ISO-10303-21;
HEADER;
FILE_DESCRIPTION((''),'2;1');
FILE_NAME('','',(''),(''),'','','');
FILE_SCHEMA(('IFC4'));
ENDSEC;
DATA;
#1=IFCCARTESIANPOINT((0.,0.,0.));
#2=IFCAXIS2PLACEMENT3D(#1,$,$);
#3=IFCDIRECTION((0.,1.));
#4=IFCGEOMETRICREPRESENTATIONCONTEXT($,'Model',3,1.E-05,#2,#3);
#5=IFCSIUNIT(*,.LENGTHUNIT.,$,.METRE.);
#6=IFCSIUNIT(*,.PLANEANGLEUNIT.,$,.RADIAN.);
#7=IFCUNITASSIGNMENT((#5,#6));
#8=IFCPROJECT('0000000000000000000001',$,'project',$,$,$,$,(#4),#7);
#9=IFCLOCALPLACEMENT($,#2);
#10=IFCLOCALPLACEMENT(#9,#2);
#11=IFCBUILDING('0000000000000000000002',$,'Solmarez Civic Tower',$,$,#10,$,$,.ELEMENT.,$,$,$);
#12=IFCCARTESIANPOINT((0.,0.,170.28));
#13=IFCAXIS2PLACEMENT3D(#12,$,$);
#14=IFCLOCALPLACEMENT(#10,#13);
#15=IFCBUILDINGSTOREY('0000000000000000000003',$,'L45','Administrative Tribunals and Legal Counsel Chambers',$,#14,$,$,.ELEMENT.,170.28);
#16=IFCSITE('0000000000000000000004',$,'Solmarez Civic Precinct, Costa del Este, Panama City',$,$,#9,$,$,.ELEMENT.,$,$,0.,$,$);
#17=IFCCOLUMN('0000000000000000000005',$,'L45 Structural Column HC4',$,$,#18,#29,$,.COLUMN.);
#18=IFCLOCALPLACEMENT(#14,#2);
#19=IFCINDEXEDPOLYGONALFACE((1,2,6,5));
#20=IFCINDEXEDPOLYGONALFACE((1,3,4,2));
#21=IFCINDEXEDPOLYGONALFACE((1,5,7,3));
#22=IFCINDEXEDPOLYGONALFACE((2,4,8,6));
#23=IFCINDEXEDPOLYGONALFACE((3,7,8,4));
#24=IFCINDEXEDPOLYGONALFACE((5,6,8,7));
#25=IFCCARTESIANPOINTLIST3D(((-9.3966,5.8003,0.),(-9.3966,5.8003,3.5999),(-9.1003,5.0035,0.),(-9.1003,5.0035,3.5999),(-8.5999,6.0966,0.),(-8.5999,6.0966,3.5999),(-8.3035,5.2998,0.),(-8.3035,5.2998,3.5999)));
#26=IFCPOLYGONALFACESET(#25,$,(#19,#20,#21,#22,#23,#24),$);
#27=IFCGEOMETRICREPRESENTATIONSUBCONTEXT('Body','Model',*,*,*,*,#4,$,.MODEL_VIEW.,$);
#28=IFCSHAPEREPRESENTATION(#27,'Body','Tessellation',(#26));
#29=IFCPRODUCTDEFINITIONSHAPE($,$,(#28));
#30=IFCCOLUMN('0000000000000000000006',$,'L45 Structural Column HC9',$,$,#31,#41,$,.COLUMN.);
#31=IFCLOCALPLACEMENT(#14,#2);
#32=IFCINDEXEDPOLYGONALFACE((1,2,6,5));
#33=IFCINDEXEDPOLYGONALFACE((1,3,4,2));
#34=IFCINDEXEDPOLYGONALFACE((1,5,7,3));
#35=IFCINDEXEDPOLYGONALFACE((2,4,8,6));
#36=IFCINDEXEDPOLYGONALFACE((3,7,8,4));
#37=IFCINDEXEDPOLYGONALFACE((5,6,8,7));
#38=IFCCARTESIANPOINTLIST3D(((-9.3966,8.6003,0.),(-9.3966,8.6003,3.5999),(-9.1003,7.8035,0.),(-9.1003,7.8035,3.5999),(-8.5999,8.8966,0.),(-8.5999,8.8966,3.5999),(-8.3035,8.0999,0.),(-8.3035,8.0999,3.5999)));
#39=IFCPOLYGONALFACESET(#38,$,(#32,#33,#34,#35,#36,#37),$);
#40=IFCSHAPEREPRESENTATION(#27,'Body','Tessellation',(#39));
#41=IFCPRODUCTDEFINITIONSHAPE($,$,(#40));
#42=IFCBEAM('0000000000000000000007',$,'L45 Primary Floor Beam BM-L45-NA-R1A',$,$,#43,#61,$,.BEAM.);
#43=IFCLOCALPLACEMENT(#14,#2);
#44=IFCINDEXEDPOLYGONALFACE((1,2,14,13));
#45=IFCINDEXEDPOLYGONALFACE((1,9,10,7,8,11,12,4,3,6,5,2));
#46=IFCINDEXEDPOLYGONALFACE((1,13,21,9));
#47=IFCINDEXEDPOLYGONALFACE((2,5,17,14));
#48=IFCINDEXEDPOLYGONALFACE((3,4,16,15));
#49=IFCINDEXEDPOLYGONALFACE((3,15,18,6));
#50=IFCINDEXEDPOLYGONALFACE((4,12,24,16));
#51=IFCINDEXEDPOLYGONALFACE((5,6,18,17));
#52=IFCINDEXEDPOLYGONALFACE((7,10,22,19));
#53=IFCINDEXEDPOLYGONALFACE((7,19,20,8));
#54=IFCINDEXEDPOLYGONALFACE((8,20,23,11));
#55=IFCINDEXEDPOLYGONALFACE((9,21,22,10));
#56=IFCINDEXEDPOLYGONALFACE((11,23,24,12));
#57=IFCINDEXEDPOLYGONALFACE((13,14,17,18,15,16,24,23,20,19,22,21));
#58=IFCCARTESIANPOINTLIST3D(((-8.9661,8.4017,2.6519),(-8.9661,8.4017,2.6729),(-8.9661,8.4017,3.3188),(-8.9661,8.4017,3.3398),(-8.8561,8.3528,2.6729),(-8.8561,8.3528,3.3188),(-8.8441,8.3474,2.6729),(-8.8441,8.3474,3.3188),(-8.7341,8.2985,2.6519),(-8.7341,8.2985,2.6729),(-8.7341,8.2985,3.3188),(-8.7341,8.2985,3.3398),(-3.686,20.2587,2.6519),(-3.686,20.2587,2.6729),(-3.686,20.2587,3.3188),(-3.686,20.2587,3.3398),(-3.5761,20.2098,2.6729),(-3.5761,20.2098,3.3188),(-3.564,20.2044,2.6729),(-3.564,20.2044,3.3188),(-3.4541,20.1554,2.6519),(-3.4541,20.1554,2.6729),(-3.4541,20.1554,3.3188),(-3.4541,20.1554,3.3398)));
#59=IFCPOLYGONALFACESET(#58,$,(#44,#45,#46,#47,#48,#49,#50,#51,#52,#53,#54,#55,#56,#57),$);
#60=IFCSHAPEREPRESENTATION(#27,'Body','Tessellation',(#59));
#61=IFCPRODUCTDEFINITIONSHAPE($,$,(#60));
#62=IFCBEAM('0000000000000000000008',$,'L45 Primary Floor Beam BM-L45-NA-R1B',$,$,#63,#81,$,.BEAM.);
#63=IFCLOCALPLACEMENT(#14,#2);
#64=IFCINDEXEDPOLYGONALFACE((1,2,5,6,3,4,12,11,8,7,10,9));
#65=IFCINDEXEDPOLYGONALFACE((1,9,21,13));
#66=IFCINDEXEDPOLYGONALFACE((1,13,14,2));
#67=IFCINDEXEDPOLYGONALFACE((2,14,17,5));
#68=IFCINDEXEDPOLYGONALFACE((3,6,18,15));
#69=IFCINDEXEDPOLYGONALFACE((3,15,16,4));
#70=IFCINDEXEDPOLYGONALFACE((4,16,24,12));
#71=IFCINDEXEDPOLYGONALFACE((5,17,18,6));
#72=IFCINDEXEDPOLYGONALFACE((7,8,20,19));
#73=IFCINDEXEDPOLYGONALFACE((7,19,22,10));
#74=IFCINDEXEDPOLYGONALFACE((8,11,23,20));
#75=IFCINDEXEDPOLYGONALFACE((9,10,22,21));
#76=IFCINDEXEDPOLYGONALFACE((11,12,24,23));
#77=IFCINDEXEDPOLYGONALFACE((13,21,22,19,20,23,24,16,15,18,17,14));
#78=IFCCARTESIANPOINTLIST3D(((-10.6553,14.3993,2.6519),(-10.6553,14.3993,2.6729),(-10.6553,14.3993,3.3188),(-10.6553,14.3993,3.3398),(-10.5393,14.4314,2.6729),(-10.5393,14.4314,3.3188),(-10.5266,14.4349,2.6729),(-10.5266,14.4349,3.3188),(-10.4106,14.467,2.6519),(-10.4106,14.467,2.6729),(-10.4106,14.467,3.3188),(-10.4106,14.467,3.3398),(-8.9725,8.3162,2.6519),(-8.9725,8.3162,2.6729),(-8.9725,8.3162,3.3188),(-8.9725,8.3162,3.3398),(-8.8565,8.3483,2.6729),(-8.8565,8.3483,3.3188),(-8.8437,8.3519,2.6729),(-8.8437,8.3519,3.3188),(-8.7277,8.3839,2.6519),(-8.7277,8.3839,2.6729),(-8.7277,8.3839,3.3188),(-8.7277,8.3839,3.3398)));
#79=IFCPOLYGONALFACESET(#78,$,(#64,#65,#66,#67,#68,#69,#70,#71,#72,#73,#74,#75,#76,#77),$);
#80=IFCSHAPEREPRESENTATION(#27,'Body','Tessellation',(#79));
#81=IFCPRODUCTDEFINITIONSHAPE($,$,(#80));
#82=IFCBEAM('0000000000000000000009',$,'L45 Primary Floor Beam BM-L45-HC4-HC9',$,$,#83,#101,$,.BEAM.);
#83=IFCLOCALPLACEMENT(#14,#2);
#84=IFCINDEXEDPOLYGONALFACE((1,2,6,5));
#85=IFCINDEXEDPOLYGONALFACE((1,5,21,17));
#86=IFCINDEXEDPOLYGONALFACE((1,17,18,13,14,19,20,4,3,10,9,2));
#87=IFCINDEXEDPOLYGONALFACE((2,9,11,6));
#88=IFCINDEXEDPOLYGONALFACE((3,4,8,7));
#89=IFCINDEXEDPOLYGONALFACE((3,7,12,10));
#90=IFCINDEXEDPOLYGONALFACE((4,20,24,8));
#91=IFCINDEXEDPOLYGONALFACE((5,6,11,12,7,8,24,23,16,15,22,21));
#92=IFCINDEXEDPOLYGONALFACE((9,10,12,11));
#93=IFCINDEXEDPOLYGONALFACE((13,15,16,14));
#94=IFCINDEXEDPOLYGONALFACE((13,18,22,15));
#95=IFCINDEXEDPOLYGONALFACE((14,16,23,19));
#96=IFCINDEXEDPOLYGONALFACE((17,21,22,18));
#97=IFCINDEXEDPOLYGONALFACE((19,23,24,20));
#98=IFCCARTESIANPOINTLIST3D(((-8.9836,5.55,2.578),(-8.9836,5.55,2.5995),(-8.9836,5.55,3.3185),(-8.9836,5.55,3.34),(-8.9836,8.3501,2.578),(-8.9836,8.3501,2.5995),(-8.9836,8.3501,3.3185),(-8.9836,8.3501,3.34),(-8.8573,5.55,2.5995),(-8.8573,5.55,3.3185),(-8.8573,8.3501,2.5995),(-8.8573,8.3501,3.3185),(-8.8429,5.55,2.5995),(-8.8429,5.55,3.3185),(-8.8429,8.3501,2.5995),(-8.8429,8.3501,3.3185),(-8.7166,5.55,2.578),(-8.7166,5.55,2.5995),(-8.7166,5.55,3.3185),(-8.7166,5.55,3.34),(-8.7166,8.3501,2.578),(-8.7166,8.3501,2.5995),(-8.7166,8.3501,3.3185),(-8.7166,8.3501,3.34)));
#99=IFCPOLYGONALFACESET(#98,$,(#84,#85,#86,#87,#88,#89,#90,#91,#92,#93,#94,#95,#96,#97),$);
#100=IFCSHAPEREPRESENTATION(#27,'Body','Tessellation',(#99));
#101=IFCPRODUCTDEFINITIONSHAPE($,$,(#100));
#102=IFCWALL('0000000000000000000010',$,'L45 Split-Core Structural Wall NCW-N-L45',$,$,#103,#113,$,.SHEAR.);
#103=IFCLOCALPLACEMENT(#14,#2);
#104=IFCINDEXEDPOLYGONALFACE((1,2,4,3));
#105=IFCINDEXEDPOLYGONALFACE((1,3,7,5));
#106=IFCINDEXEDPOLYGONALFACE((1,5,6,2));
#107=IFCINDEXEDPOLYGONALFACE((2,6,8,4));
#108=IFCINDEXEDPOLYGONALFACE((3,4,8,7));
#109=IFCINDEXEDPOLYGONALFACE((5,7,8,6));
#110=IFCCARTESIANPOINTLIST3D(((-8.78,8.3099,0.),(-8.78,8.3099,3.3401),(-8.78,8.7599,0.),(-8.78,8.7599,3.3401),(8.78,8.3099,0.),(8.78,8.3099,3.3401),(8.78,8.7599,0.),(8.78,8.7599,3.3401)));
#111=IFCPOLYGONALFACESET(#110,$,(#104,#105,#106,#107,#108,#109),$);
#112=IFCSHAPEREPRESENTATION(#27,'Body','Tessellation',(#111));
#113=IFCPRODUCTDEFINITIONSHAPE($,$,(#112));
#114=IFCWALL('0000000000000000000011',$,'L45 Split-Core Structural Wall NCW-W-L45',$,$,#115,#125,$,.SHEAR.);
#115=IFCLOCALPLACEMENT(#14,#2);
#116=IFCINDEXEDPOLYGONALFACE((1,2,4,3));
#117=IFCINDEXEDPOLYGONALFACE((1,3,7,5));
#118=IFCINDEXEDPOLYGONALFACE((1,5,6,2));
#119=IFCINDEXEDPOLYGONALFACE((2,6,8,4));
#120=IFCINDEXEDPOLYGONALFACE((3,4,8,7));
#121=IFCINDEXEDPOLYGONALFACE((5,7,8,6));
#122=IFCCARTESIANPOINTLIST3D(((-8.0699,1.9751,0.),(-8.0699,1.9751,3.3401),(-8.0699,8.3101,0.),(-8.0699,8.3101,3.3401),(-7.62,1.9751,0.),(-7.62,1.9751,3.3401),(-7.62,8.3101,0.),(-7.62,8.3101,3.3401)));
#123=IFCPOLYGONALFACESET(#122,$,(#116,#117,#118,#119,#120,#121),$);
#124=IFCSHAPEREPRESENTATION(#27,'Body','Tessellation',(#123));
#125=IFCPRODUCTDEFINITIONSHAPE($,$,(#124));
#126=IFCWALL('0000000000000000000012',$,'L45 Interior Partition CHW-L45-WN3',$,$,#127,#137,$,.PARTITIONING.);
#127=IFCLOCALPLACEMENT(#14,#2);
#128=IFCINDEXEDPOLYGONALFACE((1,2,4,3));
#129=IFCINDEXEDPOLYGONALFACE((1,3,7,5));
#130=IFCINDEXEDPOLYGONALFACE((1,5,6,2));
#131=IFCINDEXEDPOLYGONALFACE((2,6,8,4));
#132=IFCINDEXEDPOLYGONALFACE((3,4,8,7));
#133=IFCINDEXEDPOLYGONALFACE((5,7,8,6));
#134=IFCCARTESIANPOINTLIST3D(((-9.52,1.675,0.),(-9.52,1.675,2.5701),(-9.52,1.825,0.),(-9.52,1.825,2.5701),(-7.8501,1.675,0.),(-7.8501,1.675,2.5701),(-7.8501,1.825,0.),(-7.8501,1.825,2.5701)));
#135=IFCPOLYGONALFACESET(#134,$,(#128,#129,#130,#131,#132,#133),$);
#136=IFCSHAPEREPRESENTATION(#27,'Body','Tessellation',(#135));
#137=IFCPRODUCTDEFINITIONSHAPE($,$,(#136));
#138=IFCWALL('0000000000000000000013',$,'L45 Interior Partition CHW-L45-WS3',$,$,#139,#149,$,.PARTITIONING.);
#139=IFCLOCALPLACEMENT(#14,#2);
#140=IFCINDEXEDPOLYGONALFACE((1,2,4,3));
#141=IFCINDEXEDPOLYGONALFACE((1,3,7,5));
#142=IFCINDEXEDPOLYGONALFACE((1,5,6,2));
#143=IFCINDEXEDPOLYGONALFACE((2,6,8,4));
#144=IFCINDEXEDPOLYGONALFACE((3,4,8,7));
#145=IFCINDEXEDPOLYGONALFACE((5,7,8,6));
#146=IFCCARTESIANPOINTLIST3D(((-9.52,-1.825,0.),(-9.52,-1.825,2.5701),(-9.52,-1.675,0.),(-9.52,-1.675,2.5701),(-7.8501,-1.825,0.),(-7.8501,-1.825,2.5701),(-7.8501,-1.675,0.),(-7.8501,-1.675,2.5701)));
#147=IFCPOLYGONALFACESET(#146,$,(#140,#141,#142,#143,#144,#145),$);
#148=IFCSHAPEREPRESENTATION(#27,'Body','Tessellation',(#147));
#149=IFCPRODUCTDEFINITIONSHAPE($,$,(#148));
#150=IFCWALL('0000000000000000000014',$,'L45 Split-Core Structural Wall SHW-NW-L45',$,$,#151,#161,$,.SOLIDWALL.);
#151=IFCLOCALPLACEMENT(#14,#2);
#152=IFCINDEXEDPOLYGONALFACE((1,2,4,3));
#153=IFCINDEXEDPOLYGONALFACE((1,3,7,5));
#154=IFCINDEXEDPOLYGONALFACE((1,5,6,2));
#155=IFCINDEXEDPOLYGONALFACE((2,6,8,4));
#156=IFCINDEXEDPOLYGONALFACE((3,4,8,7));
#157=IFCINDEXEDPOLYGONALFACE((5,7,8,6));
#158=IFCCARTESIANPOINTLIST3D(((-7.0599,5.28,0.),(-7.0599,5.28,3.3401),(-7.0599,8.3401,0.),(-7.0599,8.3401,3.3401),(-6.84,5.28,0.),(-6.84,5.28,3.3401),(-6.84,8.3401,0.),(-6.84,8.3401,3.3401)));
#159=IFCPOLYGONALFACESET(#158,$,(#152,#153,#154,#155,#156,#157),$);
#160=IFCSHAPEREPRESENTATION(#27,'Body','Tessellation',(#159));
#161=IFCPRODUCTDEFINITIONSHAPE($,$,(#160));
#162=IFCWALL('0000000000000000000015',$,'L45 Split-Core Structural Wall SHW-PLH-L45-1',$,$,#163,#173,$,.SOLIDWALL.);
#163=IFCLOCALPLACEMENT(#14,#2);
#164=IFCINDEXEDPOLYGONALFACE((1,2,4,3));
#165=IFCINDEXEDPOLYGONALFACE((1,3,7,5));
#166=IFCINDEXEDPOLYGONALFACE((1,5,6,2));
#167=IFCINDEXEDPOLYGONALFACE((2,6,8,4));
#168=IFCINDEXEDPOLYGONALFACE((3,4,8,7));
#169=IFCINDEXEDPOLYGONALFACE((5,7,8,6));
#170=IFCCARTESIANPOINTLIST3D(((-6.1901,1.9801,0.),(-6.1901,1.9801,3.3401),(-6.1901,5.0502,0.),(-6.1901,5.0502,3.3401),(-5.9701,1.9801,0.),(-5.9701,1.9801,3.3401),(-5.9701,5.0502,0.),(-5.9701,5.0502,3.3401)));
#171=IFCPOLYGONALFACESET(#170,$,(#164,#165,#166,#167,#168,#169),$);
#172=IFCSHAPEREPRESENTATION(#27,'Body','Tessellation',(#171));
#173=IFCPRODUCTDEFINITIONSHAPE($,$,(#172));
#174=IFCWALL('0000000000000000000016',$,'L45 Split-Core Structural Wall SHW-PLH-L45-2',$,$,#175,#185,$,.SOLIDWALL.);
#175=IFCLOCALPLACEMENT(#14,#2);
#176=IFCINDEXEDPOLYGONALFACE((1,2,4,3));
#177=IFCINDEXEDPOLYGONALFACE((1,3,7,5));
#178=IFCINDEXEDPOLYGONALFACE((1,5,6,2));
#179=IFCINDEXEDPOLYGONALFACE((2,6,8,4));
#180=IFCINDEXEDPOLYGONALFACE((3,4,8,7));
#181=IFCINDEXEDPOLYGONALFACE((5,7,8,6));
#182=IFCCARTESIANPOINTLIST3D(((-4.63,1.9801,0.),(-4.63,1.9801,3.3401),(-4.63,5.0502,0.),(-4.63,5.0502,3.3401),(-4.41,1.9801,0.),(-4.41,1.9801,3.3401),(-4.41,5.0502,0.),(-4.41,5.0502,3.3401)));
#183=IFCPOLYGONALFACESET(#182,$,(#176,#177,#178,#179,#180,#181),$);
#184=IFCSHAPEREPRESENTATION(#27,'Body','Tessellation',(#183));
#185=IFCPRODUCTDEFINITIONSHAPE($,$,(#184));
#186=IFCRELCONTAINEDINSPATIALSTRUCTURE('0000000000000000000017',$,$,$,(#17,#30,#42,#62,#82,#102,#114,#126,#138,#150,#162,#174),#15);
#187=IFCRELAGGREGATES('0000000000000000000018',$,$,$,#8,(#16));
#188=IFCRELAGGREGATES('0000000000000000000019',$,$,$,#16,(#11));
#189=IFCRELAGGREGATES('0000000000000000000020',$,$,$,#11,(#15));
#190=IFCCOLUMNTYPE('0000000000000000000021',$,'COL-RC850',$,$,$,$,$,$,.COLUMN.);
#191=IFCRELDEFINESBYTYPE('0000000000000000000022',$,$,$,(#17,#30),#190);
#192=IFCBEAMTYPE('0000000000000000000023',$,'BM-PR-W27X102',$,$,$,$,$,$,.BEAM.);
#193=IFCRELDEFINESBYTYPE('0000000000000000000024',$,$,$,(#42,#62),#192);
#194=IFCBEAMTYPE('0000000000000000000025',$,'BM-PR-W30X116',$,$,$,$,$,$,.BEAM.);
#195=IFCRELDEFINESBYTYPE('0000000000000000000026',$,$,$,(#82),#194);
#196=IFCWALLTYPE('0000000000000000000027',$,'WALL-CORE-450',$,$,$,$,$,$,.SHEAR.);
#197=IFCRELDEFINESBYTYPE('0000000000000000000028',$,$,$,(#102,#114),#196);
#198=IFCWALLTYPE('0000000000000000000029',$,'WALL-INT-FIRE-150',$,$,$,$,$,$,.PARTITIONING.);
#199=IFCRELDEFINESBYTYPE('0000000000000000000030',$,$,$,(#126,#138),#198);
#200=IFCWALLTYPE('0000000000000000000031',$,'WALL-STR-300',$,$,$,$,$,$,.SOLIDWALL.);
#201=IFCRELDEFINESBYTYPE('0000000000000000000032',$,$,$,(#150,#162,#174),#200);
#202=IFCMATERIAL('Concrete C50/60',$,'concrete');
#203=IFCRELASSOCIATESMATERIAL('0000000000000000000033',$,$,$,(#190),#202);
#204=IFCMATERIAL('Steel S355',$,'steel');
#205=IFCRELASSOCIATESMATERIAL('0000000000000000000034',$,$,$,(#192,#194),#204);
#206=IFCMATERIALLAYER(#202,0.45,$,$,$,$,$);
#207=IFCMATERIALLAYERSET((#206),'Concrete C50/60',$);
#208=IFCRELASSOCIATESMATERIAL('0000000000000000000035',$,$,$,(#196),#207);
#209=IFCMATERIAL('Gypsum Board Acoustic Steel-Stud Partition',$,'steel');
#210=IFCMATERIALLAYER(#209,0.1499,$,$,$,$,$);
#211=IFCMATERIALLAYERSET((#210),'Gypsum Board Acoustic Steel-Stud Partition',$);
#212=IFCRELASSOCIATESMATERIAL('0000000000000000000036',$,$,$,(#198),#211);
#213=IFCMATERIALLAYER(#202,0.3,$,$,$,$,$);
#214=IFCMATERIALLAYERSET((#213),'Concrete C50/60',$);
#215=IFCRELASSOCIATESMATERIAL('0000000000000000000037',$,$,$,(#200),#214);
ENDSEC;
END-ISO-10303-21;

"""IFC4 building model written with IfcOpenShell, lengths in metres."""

from ifc_helpers import new_model, si_unit, direction, frame, frame_2d, origin, origin_2d, place, context, subcontext, project, spatial, rectangle, i_section, extrude, material, layer, layer_set, material_profile, profile_set, type_object, element, save


model = new_model("IFC4")

# Units and contexts
model_context = context("Model", 3, precision=1e-05, world=origin(), true_north=direction((0.0, 1.0)))
body_context = subcontext(model_context, "Body", "Model", "MODEL_VIEW")
ifc_project = project(units=[si_unit("LENGTHUNIT", "METRE"), si_unit("PLANEANGLEUNIT", "RADIAN")], contexts=[model_context])

# Site, building, storey
site_placement = place(None, origin())
site = spatial("IfcSite", under=ifc_project, at=site_placement, Name="Solmarez Civic Precinct, Costa del Este, Panama City", CompositionType="ELEMENT", RefElevation=0.0)
building_placement = place(site_placement, origin())
building = spatial("IfcBuilding", under=site, at=building_placement, Name="Solmarez Civic Tower", CompositionType="ELEMENT")
storey_placement = place(building_placement, frame((0.0, 0.0, 170.28)))
storey = spatial("IfcBuildingStorey", under=building, at=storey_placement, Name="L45", Description="Administrative Tribunals and Legal Counsel Chambers", CompositionType="ELEMENT", Elevation=170.28)

# Columns
ifc_material_1 = material(Name="Concrete C50/60", Category="concrete")
ifc_material_profile_1 = material_profile(ifc_material_1, rectangle(XDim=0.8501, YDim=0.8501, at=origin_2d()), Name="RC850X850")
ifc_profile_set_1 = profile_set([ifc_material_profile_1], Name="Concrete C50/60")
column_type = type_object("IfcColumnType", Name="COL-RC850", PredefinedType="COLUMN", material=ifc_profile_set_1)
for number, where, z_axis, x_axis, name in (
    (1, (-8.8501, 5.55, 0.0), (0.0, 0.0, 1.0), (0.937282, 0.348572, 0.0), "L45 Structural Column HC4"),
    (2, (-8.8501, 8.3501, 0.0), (0.0, 0.0, 1.0), (0.937282, 0.348572, 0.0), "L45 Structural Column HC9"),
):
    element("IfcColumn", number, at=place(storey_placement, frame(where, z_axis=z_axis, x_axis=x_axis)), inside=storey, type_object=column_type, Name=name, PredefinedType="COLUMN", context=body_context, shape_type="SweptSolid", body=[
        extrude(rectangle(XDim=0.8501, YDim=0.8501, at=origin_2d()), origin(), (0.0, 0.0, 1.0), 3.5999),
    ])

# Beams
ifc_material_2 = material(Name="Steel S355", Category="steel")
ifc_material_profile_2 = material_profile(ifc_material_2, i_section(OverallWidth=0.2539, OverallDepth=0.688, WebThickness=0.0132, FlangeThickness=0.021, at=origin_2d()), Name="W27X102")
ifc_profile_set_2 = profile_set([ifc_material_profile_2], Name="Steel S355")
beam_type_1 = type_object("IfcBeamType", Name="BM-PR-W27X102", PredefinedType="BEAM", material=ifc_profile_set_2)
beam_1_placement = place(storey_placement, frame((-8.8501, 8.3501, 2.9958), z_axis=(0.4068, 0.913517, 0.0), x_axis=(-0.913517, 0.4068, 0.0)))
element("IfcBeam", 3, at=beam_1_placement, inside=storey, type_object=beam_type_1, Name="L45 Primary Floor Beam BM-L45-NA-R1A", PredefinedType="BEAM", context=body_context, shape_type="SweptSolid", body=[
    extrude(i_section(OverallWidth=0.2539, OverallDepth=0.688, WebThickness=0.0132, FlangeThickness=0.021, at=origin_2d()), origin(), (0.0, 0.0, 1.0), 12.9795),
])
beam_2_placement = place(storey_placement, frame((-8.8501, 8.3501, 2.9958), z_axis=(-0.266634, 0.963798, 0.0), x_axis=(-0.963798, -0.266634, 0.0)))
element("IfcBeam", 4, at=beam_2_placement, inside=storey, type_object=beam_type_1, Name="L45 Primary Floor Beam BM-L45-NA-R1B", PredefinedType="BEAM", context=body_context, shape_type="SweptSolid", body=[
    extrude(i_section(OverallWidth=0.2539, OverallDepth=0.688, WebThickness=0.0132, FlangeThickness=0.021, at=origin_2d()), origin(), (0.0, 0.0, 1.0), 6.3115),
])
ifc_material_profile_3 = material_profile(ifc_material_2, i_section(OverallWidth=0.2671, OverallDepth=0.762, WebThickness=0.0144, FlangeThickness=0.0215, at=origin_2d()), Name="W30X116")
ifc_profile_set_3 = profile_set([ifc_material_profile_3], Name="Steel S355")
beam_type_2 = type_object("IfcBeamType", Name="BM-PR-W30X116", PredefinedType="BEAM", material=ifc_profile_set_3)
beam_3_placement = place(storey_placement, frame((-8.8501, 5.55, 2.959), z_axis=(0.0, 1.0, 0.0), x_axis=(-1.0, 0.0, 0.0)))
element("IfcBeam", 5, at=beam_3_placement, inside=storey, type_object=beam_type_2, Name="L45 Primary Floor Beam BM-L45-HC4-HC9", PredefinedType="BEAM", context=body_context, shape_type="SweptSolid", body=[
    extrude(i_section(OverallWidth=0.2671, OverallDepth=0.762, WebThickness=0.0144, FlangeThickness=0.0215, at=origin_2d()), origin(), (0.0, 0.0, 1.0), 2.8),
])

# Walls
ifc_layer_1 = layer(ifc_material_1, 0.45)
ifc_layer_set_1 = layer_set([ifc_layer_1], Name="Concrete C50/60")
wall_type_1 = type_object("IfcWallType", Name="WALL-CORE-450", PredefinedType="SHEAR", material=ifc_layer_set_1)
wall_1_placement = place(storey_placement, frame((-8.78, 8.5349, 0.0), z_axis=(0.0, 0.0, 1.0), x_axis=(1.0, 0.0, 0.0)))
element("IfcWall", 6, at=wall_1_placement, inside=storey, type_object=wall_type_1, Name="L45 Split-Core Structural Wall NCW-N-L45", PredefinedType="SHEAR", context=body_context, shape_type="SweptSolid", body=[
    extrude(rectangle(XDim=17.5601, YDim=0.45, at=frame_2d((8.78, 0.0))), origin(), (0.0, 0.0, 1.0), 3.3401),
])
wall_2_placement = place(storey_placement, frame((-7.845, 1.9751, 0.0), z_axis=(0.0, 0.0, 1.0), x_axis=(0.0, 1.0, 0.0)))
element("IfcWall", 7, at=wall_2_placement, inside=storey, type_object=wall_type_1, Name="L45 Split-Core Structural Wall NCW-W-L45", PredefinedType="SHEAR", context=body_context, shape_type="SweptSolid", body=[
    extrude(rectangle(XDim=6.335, YDim=0.45, at=frame_2d((3.1675, 0.0))), origin(), (0.0, 0.0, 1.0), 3.3401),
])

# Walls
ifc_material_3 = material(Name="Gypsum Board Acoustic Steel-Stud Partition", Category="steel")
ifc_layer_2 = layer(ifc_material_3, 0.1499)
ifc_layer_set_2 = layer_set([ifc_layer_2], Name="Gypsum Board Acoustic Steel-Stud Partition")
wall_type_2 = type_object("IfcWallType", Name="WALL-INT-FIRE-150", PredefinedType="PARTITIONING", material=ifc_layer_set_2)
for number, where, z_axis, x_axis, name in (
    (8, (-7.8501, 1.75, 0.0), (0.0, 0.0, 1.0), (-1.0, 0.0, 0.0), "L45 Interior Partition CHW-L45-WN3"),
    (9, (-7.8501, -1.75, 0.0), (0.0, 0.0, 1.0), (-1.0, 0.0, 0.0), "L45 Interior Partition CHW-L45-WS3"),
):
    element("IfcWall", number, at=place(storey_placement, frame(where, z_axis=z_axis, x_axis=x_axis)), inside=storey, type_object=wall_type_2, Name=name, PredefinedType="PARTITIONING", context=body_context, shape_type="SweptSolid", body=[
        extrude(rectangle(XDim=1.6699, YDim=0.1499, at=frame_2d((0.835, 0.0))), origin(), (0.0, 0.0, 1.0), 2.5701),
    ])
ifc_layer_3 = layer(ifc_material_1, 0.3)
ifc_layer_set_3 = layer_set([ifc_layer_3], Name="Concrete C50/60")
wall_type_3 = type_object("IfcWallType", Name="WALL-STR-300", PredefinedType="SOLIDWALL", material=ifc_layer_set_3)
wall_3_placement = place(storey_placement, frame((-6.95, 5.28, 0.0), z_axis=(0.0, 0.0, 1.0), x_axis=(0.0, 1.0, 0.0)))
element("IfcWall", 10, at=wall_3_placement, inside=storey, type_object=wall_type_3, Name="L45 Split-Core Structural Wall SHW-NW-L45", PredefinedType="SOLIDWALL", context=body_context, shape_type="SweptSolid", body=[
    extrude(rectangle(XDim=3.0601, YDim=0.22, at=frame_2d((1.53, 0.0))), origin(), (0.0, 0.0, 1.0), 3.3401),
])
for number, where, z_axis, x_axis, name in (
    (11, (-6.0801, 1.98, 0.0), (0.0, 0.0, 1.0), (0.0, 1.0, 0.0), "L45 Split-Core Structural Wall SHW-PLH-L45-1"),
    (12, (-4.52, 1.98, 0.0), (0.0, 0.0, 1.0), (0.0, 1.0, 0.0), "L45 Split-Core Structural Wall SHW-PLH-L45-2"),
):
    element("IfcWall", number, at=place(storey_placement, frame(where, z_axis=z_axis, x_axis=x_axis)), inside=storey, type_object=wall_type_3, Name=name, PredefinedType="SOLIDWALL", context=body_context, shape_type="SweptSolid", body=[
        extrude(rectangle(XDim=3.0701, YDim=0.22, at=frame_2d((1.5352, 0.0))), origin(), (0.0, 0.0, 1.0), 3.3401),
    ])

save(model, "model.ifc")
